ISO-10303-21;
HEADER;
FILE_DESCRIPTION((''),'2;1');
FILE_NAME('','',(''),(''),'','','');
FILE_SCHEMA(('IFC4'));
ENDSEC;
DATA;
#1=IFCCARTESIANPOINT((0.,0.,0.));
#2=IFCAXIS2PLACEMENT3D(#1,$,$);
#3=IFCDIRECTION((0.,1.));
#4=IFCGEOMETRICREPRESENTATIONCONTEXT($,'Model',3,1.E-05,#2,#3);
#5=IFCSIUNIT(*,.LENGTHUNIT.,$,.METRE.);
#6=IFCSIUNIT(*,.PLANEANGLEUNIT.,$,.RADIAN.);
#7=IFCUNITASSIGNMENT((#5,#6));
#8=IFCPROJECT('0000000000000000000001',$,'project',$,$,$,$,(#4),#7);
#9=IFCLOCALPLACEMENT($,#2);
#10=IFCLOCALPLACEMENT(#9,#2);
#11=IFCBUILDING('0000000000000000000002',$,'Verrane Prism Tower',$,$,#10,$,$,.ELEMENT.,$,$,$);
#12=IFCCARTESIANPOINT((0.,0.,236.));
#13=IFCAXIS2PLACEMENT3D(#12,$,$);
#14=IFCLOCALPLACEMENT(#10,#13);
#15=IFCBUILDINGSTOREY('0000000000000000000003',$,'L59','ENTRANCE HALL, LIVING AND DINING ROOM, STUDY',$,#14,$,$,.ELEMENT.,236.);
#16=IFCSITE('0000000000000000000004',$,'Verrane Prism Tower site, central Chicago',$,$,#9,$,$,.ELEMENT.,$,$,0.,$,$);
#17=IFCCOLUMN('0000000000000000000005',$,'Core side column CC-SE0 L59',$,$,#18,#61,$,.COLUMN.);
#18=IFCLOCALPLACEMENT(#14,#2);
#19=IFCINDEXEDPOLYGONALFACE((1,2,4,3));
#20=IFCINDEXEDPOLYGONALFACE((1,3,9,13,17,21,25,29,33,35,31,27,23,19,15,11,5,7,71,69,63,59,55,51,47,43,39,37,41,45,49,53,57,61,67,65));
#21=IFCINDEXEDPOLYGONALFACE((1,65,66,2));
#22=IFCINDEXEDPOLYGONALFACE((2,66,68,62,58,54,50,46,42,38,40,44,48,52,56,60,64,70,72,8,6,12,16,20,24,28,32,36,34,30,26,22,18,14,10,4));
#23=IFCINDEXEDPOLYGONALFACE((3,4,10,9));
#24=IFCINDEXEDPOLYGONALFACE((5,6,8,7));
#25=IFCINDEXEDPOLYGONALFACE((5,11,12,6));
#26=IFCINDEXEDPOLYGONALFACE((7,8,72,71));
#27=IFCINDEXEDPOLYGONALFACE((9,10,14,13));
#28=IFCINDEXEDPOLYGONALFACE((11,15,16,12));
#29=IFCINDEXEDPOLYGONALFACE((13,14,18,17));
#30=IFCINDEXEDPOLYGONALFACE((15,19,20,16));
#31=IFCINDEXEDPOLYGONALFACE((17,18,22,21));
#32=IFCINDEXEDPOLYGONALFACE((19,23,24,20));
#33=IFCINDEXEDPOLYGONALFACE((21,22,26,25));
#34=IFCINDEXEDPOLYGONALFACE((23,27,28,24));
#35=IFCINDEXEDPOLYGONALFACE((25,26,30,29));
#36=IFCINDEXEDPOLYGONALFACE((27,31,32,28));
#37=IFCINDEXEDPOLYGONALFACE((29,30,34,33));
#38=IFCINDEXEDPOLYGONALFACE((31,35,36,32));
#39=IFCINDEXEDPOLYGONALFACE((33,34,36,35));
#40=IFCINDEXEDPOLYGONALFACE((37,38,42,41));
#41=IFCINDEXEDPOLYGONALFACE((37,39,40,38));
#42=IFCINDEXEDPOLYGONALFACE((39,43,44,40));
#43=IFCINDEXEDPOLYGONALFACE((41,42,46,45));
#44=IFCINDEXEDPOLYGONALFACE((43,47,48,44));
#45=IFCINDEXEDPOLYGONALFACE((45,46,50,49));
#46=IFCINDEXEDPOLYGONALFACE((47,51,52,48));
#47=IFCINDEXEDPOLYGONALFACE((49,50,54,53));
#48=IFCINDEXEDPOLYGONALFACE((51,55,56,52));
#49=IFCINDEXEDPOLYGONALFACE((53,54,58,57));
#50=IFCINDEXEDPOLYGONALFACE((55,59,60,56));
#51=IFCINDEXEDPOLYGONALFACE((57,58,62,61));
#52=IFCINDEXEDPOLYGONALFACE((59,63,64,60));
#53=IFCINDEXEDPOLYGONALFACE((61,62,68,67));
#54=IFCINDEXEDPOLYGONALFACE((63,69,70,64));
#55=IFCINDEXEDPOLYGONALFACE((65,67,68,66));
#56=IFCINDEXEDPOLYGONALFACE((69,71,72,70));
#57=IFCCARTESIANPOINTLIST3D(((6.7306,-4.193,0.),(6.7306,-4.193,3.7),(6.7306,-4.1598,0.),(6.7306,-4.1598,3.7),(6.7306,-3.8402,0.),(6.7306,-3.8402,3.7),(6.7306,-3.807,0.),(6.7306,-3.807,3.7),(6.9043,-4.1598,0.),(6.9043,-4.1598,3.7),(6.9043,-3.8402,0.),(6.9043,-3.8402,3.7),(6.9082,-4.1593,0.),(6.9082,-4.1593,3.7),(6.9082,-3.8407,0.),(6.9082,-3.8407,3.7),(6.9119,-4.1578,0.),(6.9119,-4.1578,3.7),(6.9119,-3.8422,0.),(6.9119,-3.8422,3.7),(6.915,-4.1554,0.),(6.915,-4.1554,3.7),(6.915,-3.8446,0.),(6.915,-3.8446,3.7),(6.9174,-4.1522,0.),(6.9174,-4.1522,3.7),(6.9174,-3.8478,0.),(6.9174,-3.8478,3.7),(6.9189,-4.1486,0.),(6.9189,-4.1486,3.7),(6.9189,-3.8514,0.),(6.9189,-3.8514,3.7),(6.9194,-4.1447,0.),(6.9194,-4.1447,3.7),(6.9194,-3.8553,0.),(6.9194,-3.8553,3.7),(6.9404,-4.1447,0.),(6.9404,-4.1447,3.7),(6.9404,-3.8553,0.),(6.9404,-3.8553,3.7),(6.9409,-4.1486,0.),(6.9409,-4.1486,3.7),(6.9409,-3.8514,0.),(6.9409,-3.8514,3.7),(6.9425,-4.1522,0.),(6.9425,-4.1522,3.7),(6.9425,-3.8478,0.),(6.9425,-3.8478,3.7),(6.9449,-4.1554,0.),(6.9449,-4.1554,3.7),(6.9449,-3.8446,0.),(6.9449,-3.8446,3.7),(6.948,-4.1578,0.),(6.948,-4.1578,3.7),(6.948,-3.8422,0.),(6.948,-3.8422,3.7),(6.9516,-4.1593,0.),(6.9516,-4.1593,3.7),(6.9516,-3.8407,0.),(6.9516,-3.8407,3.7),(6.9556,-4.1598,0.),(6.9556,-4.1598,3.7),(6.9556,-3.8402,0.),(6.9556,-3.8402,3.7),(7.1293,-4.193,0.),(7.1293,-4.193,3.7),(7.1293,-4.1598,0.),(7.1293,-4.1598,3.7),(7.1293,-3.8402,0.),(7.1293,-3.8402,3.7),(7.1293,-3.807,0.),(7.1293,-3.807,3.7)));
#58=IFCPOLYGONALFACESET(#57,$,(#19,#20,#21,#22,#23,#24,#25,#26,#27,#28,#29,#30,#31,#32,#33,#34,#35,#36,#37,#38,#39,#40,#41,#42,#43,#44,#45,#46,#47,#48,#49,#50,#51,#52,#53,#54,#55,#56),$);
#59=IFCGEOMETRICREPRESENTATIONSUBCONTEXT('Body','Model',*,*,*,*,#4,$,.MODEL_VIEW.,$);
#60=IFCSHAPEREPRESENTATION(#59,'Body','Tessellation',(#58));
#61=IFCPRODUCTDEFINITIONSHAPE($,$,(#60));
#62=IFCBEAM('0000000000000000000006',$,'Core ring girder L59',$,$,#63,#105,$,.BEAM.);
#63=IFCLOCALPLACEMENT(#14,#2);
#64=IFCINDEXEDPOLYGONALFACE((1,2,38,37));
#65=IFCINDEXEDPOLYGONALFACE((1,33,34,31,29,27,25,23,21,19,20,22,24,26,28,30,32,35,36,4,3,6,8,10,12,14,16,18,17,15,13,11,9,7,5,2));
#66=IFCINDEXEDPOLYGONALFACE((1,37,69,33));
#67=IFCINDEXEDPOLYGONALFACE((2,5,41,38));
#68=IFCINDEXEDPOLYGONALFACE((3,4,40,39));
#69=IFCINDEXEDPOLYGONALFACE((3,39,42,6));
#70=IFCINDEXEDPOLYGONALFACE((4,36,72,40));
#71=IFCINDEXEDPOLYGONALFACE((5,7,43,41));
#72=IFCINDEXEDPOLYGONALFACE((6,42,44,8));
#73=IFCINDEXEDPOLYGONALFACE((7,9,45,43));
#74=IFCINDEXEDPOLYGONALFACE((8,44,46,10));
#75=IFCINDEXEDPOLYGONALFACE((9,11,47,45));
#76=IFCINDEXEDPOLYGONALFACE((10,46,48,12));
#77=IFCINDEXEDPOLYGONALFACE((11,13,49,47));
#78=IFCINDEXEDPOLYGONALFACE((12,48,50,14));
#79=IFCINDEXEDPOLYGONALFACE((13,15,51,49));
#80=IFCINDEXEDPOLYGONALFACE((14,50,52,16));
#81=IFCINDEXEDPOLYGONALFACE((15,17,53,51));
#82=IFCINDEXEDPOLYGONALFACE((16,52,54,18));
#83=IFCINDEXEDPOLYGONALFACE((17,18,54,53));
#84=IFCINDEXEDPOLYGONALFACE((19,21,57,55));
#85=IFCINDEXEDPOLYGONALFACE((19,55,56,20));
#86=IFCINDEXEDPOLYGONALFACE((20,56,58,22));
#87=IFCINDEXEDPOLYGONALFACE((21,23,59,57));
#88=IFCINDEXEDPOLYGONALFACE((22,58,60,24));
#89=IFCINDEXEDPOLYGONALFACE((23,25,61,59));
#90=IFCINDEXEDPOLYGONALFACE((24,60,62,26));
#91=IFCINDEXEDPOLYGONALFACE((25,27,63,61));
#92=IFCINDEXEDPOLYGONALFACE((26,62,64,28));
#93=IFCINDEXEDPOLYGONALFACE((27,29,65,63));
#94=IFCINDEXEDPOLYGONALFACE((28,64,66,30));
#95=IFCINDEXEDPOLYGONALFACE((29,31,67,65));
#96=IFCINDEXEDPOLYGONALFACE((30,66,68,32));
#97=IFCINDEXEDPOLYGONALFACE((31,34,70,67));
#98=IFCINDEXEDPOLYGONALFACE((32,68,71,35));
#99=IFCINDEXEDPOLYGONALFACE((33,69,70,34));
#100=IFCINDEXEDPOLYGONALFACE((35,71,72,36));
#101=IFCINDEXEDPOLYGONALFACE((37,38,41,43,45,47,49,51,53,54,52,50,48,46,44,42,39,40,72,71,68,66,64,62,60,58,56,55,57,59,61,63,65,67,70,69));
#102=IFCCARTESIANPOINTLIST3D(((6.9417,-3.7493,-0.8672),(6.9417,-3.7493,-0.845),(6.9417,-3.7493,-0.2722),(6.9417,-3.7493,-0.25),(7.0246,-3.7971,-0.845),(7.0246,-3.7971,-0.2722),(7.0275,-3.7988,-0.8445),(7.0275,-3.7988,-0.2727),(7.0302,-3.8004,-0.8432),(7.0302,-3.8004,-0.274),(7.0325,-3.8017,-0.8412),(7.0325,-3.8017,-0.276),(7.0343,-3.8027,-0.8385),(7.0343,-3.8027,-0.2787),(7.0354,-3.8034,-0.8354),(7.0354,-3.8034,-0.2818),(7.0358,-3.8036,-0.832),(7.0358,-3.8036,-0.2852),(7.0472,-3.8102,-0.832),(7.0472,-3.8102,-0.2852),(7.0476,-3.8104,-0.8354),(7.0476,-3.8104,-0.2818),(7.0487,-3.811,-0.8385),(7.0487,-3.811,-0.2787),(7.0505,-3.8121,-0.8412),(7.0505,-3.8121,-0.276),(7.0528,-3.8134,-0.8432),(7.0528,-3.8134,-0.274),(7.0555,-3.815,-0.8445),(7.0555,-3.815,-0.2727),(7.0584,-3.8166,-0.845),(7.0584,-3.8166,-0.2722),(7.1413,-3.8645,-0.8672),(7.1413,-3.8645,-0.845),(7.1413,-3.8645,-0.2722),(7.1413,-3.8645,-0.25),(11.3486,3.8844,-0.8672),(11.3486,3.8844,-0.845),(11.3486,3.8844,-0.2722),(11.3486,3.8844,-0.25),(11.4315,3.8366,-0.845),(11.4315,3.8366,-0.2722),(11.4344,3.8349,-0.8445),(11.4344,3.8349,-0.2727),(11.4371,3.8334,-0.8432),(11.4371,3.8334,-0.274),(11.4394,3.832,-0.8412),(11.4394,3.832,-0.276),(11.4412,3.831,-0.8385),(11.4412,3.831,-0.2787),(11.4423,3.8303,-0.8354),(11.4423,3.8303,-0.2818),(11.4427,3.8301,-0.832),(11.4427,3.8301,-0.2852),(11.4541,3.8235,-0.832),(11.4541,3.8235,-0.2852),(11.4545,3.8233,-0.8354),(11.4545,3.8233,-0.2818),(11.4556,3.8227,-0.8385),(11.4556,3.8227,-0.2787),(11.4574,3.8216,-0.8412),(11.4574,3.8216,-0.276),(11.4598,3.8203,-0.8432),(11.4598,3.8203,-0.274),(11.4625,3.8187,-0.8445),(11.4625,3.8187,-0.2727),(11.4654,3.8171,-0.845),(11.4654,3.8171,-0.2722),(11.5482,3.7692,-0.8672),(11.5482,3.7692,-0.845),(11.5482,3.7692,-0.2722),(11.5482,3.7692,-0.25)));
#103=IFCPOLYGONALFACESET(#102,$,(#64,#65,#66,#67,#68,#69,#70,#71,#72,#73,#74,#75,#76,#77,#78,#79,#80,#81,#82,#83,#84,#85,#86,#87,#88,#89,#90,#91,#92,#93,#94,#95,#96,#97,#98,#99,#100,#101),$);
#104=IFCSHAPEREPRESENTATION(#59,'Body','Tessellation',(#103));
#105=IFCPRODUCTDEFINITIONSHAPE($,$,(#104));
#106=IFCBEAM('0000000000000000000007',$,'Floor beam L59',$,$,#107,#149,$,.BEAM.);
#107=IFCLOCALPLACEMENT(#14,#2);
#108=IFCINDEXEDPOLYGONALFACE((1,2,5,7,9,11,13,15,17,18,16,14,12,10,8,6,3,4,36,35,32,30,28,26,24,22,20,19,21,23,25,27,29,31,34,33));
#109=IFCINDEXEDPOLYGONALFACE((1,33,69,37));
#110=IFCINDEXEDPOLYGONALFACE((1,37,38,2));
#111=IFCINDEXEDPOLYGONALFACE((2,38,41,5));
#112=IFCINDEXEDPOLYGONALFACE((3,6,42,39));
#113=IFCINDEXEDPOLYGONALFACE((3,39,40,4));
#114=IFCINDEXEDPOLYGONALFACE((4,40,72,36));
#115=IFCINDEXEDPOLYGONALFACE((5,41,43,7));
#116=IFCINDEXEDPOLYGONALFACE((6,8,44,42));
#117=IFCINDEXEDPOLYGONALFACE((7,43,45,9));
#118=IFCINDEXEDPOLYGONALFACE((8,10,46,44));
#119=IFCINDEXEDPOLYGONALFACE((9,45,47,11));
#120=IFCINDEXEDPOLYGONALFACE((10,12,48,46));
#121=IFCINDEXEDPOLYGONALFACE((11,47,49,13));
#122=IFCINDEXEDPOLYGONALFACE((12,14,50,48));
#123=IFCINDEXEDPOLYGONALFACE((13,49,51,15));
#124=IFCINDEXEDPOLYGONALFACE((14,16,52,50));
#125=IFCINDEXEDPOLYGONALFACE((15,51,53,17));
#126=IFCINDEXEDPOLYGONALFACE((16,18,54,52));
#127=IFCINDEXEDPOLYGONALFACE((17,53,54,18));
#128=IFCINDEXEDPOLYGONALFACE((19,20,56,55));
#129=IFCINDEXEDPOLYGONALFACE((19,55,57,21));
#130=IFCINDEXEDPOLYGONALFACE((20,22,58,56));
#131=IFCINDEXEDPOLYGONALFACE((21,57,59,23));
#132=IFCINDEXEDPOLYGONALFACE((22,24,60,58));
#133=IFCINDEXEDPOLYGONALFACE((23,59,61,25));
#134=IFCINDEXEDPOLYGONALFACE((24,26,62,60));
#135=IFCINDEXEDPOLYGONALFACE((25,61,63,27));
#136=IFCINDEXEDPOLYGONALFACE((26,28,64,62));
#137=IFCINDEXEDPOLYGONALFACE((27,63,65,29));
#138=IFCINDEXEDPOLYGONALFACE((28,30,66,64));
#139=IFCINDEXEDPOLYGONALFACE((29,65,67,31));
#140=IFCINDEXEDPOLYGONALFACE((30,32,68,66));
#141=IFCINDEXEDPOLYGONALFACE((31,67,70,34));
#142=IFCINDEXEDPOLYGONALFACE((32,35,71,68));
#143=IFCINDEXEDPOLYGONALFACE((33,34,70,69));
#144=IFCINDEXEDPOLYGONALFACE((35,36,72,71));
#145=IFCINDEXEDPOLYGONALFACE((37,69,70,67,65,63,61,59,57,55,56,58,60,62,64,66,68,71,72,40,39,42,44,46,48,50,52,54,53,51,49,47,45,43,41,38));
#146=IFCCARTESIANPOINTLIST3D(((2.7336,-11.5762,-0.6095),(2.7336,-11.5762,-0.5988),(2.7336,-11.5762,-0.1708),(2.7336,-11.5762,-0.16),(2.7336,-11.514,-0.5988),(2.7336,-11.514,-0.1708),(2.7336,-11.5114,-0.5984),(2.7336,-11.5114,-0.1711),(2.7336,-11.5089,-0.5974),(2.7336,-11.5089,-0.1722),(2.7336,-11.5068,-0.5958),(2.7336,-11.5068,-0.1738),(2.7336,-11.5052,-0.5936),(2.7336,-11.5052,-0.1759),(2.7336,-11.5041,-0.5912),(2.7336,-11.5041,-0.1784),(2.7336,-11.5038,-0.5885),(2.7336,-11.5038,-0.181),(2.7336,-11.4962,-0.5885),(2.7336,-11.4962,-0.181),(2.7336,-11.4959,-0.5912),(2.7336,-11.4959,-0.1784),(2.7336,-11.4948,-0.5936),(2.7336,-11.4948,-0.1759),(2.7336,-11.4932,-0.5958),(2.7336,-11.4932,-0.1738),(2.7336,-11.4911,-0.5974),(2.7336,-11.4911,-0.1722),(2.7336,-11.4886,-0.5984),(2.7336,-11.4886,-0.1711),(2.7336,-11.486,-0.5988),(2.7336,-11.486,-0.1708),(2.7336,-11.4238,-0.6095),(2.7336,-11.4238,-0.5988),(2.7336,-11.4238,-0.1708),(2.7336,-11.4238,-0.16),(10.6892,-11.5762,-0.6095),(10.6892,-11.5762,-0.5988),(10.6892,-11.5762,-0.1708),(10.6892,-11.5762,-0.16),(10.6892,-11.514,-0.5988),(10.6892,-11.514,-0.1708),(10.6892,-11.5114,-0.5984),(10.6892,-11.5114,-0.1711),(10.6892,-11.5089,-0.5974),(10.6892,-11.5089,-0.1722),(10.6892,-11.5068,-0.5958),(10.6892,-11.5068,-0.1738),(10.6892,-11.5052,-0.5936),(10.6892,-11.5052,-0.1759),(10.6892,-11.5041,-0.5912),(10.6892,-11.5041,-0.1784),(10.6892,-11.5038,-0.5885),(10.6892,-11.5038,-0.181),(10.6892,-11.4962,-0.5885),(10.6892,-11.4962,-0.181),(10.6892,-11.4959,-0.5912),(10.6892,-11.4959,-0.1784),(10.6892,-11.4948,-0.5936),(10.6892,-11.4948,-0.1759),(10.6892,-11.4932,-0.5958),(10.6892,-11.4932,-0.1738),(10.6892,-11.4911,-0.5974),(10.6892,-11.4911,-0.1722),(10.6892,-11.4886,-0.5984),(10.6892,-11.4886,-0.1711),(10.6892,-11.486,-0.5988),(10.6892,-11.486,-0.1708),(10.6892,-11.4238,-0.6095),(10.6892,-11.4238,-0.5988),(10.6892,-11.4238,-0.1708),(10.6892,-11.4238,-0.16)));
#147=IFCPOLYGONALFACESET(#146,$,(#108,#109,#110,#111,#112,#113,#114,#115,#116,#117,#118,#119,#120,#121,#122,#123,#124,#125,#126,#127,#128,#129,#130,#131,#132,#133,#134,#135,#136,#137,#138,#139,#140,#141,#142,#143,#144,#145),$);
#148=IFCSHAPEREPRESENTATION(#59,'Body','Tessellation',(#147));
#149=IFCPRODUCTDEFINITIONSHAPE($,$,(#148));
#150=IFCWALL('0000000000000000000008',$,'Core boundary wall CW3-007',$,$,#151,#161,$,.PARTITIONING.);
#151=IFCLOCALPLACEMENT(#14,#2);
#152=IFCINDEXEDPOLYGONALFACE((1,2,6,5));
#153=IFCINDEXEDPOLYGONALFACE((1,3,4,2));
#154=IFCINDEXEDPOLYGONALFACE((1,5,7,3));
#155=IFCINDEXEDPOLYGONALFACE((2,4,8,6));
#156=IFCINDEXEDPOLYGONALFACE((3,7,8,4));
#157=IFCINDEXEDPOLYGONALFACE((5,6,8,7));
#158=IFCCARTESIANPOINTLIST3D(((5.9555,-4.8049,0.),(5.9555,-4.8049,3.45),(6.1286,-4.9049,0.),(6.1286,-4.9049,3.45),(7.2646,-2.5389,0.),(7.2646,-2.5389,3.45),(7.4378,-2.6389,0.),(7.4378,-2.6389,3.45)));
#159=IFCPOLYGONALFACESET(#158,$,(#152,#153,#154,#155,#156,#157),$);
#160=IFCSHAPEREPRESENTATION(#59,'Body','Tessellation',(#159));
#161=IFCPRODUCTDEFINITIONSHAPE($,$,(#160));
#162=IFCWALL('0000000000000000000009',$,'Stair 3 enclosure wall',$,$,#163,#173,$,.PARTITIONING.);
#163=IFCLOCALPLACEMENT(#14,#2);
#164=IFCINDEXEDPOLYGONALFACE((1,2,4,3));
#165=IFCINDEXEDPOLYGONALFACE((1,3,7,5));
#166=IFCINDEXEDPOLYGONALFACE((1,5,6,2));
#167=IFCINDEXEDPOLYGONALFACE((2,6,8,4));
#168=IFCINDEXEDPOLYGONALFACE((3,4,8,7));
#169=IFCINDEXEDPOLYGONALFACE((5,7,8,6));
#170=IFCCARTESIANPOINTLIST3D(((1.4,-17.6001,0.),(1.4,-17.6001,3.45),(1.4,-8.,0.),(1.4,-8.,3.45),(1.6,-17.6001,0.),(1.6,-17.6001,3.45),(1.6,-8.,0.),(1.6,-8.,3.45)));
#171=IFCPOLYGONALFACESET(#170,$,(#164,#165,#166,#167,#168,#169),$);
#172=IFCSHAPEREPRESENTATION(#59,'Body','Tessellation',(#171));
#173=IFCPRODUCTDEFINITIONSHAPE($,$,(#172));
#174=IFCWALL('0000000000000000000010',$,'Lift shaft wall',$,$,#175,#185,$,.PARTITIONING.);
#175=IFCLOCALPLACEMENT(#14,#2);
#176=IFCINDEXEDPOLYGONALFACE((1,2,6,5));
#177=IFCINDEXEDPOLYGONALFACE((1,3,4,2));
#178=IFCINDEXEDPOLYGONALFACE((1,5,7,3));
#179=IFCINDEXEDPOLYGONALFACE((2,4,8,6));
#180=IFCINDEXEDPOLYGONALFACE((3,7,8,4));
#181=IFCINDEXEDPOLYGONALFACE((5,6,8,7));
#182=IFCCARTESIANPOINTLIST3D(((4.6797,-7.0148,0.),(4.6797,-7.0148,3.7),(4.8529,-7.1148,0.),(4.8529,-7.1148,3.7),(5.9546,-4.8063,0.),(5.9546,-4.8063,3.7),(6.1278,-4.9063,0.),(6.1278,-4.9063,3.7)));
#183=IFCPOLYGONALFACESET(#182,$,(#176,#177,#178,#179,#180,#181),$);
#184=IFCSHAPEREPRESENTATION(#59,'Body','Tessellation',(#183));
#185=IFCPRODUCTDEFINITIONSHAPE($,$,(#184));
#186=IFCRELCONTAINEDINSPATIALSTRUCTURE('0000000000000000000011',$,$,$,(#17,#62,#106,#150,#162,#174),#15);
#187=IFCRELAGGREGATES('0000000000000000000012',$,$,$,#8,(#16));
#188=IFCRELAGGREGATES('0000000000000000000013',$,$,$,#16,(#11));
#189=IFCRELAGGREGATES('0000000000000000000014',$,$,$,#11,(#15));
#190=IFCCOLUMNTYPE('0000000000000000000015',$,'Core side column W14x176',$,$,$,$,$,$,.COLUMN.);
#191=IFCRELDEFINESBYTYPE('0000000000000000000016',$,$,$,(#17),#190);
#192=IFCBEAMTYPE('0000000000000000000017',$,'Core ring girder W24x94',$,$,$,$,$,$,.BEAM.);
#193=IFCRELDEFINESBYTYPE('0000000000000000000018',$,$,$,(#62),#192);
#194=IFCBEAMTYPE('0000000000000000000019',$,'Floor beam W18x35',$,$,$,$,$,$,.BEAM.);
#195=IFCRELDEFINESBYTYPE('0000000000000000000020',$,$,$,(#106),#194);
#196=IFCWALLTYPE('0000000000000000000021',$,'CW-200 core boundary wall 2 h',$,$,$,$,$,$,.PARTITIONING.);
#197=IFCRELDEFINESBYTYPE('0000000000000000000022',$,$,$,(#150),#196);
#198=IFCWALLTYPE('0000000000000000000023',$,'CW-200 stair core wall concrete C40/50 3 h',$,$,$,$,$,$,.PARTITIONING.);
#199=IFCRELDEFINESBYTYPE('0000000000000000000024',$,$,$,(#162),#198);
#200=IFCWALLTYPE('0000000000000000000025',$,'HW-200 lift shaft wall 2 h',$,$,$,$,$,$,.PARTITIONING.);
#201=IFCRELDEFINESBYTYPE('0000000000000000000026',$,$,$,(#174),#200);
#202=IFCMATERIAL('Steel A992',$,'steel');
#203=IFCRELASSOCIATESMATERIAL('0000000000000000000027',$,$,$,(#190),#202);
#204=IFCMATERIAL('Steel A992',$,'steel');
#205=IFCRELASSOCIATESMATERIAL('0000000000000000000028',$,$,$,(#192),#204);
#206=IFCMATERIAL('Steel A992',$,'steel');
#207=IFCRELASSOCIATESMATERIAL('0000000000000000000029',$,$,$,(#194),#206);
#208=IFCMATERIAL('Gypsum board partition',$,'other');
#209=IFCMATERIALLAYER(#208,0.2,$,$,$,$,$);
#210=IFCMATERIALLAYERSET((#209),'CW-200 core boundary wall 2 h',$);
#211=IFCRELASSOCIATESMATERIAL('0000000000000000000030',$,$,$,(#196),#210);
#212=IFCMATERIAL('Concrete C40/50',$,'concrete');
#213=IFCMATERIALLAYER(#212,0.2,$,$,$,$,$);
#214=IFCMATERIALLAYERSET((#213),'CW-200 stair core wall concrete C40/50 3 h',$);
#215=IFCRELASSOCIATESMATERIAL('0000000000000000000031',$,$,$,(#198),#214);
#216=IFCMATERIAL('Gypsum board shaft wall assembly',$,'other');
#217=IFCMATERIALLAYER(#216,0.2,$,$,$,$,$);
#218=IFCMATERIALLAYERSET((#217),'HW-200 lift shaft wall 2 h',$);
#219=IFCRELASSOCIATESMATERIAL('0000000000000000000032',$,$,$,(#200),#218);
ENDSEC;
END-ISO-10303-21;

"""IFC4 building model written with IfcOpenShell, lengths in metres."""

from ifc_helpers import new_model, si_unit, direction, frame, frame_2d, origin, origin_2d, place, context, subcontext, project, spatial, rectangle, i_section, extrude, material, layer, layer_set, material_profile, profile_set, type_object, element, save


model = new_model("IFC4")

# Units and contexts
model_context = context("Model", 3, precision=1e-05, world=origin(), true_north=direction((0.0, 1.0)))
body_context = subcontext(model_context, "Body", "Model", "MODEL_VIEW")
ifc_project = project(units=[si_unit("LENGTHUNIT", "METRE"), si_unit("PLANEANGLEUNIT", "RADIAN")], contexts=[model_context])

# Site, building, storey
site_placement = place(None, origin())
site = spatial("IfcSite", under=ifc_project, at=site_placement, Name="Verrane Prism Tower site, central Chicago", CompositionType="ELEMENT", RefElevation=0.0)
building_placement = place(site_placement, origin())
building = spatial("IfcBuilding", under=site, at=building_placement, Name="Verrane Prism Tower", CompositionType="ELEMENT")
storey_placement = place(building_placement, frame((0.0, 0.0, 236.0)))
storey = spatial("IfcBuildingStorey", under=building, at=storey_placement, Name="L59", Description="ENTRANCE HALL, LIVING AND DINING ROOM, STUDY", CompositionType="ELEMENT", Elevation=236.0)

# Column
ifc_material_1 = material(Name="Steel A992", Category="steel")
ifc_material_profile_1 = material_profile(ifc_material_1, i_section(OverallWidth=0.3987, OverallDepth=0.386, WebThickness=0.021, FlangeThickness=0.0332, FilletRadius=0.0151, at=origin_2d()), Name="W14x176")
ifc_profile_set_1 = profile_set([ifc_material_profile_1], Name="Steel A992")
column_type = type_object("IfcColumnType", Name="Core side column W14x176", PredefinedType="COLUMN", material=ifc_profile_set_1)
column_placement = place(storey_placement, frame((6.9299, -4.0, 0.0), z_axis=(0.0, 0.0, 1.0), x_axis=(1.0, 0.0, 0.0)))
element("IfcColumn", 1, at=column_placement, inside=storey, type_object=column_type, Name="Core side column CC-SE0 L59", PredefinedType="COLUMN", context=body_context, shape_type="SweptSolid", body=[
    extrude(i_section(OverallWidth=0.3987, OverallDepth=0.386, WebThickness=0.021, FlangeThickness=0.0332, FilletRadius=0.0151, at=origin_2d()), origin(), (0.0, 0.0, 1.0), 3.7),
])

# Beams
ifc_material_2 = material(Name="Steel A992", Category="steel")
ifc_material_profile_2 = material_profile(ifc_material_2, i_section(OverallWidth=0.2305, OverallDepth=0.6172, WebThickness=0.0132, FlangeThickness=0.0222, FilletRadius=0.0129, at=origin_2d()), Name="W24x94")
ifc_profile_set_2 = profile_set([ifc_material_profile_2], Name="Steel A992")
beam_type_1 = type_object("IfcBeamType", Name="Core ring girder W24x94", PredefinedType="BEAM", material=ifc_profile_set_2)
beam_1_placement = place(storey_placement, frame((7.0415, -3.8069, -0.5586), z_axis=(0.499967, 0.866044, 0.0), x_axis=(-0.866044, 0.499967, 0.0)))
element("IfcBeam", 2, at=beam_1_placement, inside=storey, type_object=beam_type_1, Name="Core ring girder L59", PredefinedType="BEAM", context=body_context, shape_type="SweptSolid", body=[
    extrude(i_section(OverallWidth=0.2305, OverallDepth=0.6172, WebThickness=0.0132, FlangeThickness=0.0222, FilletRadius=0.0129, at=origin_2d()), origin(), (0.0, 0.0, 1.0), 8.8145),
])
ifc_material_3 = material(Name="Steel A992", Category="steel")
ifc_material_profile_3 = material_profile(ifc_material_3, i_section(OverallWidth=0.1523, OverallDepth=0.4495, WebThickness=0.0076, FlangeThickness=0.0107, FilletRadius=0.0103, at=origin_2d()), Name="W18x35")
ifc_profile_set_3 = profile_set([ifc_material_profile_3], Name="Steel A992")
beam_type_2 = type_object("IfcBeamType", Name="Floor beam W18x35", PredefinedType="BEAM", material=ifc_profile_set_3)
beam_2_placement = place(storey_placement, frame((2.7336, -11.5, -0.3848), z_axis=(1.0, 0.0, 0.0), x_axis=(0.0, 1.0, 0.0)))
element("IfcBeam", 3, at=beam_2_placement, inside=storey, type_object=beam_type_2, Name="Floor beam L59", PredefinedType="BEAM", context=body_context, shape_type="SweptSolid", body=[
    extrude(i_section(OverallWidth=0.1523, OverallDepth=0.4495, WebThickness=0.0076, FlangeThickness=0.0107, FilletRadius=0.0103, at=origin_2d()), origin(), (0.0, 0.0, 1.0), 7.9556),
])

# Walls
ifc_material_4 = material(Name="Gypsum board partition", Category="other")
ifc_layer_1 = layer(ifc_material_4, 0.2)
ifc_layer_set_1 = layer_set([ifc_layer_1], Name="CW-200 core boundary wall 2 h")
wall_type_1 = type_object("IfcWallType", Name="CW-200 core boundary wall 2 h", PredefinedType="PARTITIONING", material=ifc_layer_set_1)
wall_1_placement = place(storey_placement, frame((6.042, -4.855, 0.0), z_axis=(0.0, 0.0, 1.0), x_axis=(0.500253, 0.865879, 0.0)))
element("IfcWall", 4, at=wall_1_placement, inside=storey, type_object=wall_type_1, Name="Core boundary wall CW3-007", PredefinedType="PARTITIONING", context=body_context, shape_type="SweptSolid", body=[
    extrude(rectangle(XDim=2.6169, YDim=0.2, at=frame_2d((1.3086, 0.0))), origin(), (0.0, 0.0, 1.0), 3.45),
])
ifc_material_5 = material(Name="Concrete C40/50", Category="concrete")
ifc_layer_2 = layer(ifc_material_5, 0.2)
ifc_layer_set_2 = layer_set([ifc_layer_2], Name="CW-200 stair core wall concrete C40/50 3 h")
wall_type_2 = type_object("IfcWallType", Name="CW-200 stair core wall concrete C40/50 3 h", PredefinedType="PARTITIONING", material=ifc_layer_set_2)
wall_2_placement = place(storey_placement, frame((1.5, -8.0, 0.0), z_axis=(0.0, 0.0, 1.0), x_axis=(0.0, -1.0, 0.0)))
element("IfcWall", 5, at=wall_2_placement, inside=storey, type_object=wall_type_2, Name="Stair 3 enclosure wall", PredefinedType="PARTITIONING", context=body_context, shape_type="SweptSolid", body=[
    extrude(rectangle(XDim=9.6001, YDim=0.2, at=frame_2d((4.8, 0.0))), origin(), (0.0, 0.0, 1.0), 3.45),
])
ifc_material_6 = material(Name="Gypsum board shaft wall assembly", Category="other")
ifc_layer_3 = layer(ifc_material_6, 0.2)
ifc_layer_set_3 = layer_set([ifc_layer_3], Name="HW-200 lift shaft wall 2 h")
wall_type_3 = type_object("IfcWallType", Name="HW-200 lift shaft wall 2 h", PredefinedType="PARTITIONING", material=ifc_layer_set_3)
wall_3_placement = place(storey_placement, frame((4.7664, -7.0647, 0.0), z_axis=(0.0, 0.0, 1.0), x_axis=(0.499949, 0.866055, 0.0)))
element("IfcWall", 6, at=wall_3_placement, inside=storey, type_object=wall_type_3, Name="Lift shaft wall", PredefinedType="PARTITIONING", context=body_context, shape_type="SweptSolid", body=[
    extrude(rectangle(XDim=2.55, YDim=0.2, at=frame_2d((1.2749, 0.0))), origin(), (0.0, 0.0, 1.0), 3.7),
])

save(model, "model.ifc")
